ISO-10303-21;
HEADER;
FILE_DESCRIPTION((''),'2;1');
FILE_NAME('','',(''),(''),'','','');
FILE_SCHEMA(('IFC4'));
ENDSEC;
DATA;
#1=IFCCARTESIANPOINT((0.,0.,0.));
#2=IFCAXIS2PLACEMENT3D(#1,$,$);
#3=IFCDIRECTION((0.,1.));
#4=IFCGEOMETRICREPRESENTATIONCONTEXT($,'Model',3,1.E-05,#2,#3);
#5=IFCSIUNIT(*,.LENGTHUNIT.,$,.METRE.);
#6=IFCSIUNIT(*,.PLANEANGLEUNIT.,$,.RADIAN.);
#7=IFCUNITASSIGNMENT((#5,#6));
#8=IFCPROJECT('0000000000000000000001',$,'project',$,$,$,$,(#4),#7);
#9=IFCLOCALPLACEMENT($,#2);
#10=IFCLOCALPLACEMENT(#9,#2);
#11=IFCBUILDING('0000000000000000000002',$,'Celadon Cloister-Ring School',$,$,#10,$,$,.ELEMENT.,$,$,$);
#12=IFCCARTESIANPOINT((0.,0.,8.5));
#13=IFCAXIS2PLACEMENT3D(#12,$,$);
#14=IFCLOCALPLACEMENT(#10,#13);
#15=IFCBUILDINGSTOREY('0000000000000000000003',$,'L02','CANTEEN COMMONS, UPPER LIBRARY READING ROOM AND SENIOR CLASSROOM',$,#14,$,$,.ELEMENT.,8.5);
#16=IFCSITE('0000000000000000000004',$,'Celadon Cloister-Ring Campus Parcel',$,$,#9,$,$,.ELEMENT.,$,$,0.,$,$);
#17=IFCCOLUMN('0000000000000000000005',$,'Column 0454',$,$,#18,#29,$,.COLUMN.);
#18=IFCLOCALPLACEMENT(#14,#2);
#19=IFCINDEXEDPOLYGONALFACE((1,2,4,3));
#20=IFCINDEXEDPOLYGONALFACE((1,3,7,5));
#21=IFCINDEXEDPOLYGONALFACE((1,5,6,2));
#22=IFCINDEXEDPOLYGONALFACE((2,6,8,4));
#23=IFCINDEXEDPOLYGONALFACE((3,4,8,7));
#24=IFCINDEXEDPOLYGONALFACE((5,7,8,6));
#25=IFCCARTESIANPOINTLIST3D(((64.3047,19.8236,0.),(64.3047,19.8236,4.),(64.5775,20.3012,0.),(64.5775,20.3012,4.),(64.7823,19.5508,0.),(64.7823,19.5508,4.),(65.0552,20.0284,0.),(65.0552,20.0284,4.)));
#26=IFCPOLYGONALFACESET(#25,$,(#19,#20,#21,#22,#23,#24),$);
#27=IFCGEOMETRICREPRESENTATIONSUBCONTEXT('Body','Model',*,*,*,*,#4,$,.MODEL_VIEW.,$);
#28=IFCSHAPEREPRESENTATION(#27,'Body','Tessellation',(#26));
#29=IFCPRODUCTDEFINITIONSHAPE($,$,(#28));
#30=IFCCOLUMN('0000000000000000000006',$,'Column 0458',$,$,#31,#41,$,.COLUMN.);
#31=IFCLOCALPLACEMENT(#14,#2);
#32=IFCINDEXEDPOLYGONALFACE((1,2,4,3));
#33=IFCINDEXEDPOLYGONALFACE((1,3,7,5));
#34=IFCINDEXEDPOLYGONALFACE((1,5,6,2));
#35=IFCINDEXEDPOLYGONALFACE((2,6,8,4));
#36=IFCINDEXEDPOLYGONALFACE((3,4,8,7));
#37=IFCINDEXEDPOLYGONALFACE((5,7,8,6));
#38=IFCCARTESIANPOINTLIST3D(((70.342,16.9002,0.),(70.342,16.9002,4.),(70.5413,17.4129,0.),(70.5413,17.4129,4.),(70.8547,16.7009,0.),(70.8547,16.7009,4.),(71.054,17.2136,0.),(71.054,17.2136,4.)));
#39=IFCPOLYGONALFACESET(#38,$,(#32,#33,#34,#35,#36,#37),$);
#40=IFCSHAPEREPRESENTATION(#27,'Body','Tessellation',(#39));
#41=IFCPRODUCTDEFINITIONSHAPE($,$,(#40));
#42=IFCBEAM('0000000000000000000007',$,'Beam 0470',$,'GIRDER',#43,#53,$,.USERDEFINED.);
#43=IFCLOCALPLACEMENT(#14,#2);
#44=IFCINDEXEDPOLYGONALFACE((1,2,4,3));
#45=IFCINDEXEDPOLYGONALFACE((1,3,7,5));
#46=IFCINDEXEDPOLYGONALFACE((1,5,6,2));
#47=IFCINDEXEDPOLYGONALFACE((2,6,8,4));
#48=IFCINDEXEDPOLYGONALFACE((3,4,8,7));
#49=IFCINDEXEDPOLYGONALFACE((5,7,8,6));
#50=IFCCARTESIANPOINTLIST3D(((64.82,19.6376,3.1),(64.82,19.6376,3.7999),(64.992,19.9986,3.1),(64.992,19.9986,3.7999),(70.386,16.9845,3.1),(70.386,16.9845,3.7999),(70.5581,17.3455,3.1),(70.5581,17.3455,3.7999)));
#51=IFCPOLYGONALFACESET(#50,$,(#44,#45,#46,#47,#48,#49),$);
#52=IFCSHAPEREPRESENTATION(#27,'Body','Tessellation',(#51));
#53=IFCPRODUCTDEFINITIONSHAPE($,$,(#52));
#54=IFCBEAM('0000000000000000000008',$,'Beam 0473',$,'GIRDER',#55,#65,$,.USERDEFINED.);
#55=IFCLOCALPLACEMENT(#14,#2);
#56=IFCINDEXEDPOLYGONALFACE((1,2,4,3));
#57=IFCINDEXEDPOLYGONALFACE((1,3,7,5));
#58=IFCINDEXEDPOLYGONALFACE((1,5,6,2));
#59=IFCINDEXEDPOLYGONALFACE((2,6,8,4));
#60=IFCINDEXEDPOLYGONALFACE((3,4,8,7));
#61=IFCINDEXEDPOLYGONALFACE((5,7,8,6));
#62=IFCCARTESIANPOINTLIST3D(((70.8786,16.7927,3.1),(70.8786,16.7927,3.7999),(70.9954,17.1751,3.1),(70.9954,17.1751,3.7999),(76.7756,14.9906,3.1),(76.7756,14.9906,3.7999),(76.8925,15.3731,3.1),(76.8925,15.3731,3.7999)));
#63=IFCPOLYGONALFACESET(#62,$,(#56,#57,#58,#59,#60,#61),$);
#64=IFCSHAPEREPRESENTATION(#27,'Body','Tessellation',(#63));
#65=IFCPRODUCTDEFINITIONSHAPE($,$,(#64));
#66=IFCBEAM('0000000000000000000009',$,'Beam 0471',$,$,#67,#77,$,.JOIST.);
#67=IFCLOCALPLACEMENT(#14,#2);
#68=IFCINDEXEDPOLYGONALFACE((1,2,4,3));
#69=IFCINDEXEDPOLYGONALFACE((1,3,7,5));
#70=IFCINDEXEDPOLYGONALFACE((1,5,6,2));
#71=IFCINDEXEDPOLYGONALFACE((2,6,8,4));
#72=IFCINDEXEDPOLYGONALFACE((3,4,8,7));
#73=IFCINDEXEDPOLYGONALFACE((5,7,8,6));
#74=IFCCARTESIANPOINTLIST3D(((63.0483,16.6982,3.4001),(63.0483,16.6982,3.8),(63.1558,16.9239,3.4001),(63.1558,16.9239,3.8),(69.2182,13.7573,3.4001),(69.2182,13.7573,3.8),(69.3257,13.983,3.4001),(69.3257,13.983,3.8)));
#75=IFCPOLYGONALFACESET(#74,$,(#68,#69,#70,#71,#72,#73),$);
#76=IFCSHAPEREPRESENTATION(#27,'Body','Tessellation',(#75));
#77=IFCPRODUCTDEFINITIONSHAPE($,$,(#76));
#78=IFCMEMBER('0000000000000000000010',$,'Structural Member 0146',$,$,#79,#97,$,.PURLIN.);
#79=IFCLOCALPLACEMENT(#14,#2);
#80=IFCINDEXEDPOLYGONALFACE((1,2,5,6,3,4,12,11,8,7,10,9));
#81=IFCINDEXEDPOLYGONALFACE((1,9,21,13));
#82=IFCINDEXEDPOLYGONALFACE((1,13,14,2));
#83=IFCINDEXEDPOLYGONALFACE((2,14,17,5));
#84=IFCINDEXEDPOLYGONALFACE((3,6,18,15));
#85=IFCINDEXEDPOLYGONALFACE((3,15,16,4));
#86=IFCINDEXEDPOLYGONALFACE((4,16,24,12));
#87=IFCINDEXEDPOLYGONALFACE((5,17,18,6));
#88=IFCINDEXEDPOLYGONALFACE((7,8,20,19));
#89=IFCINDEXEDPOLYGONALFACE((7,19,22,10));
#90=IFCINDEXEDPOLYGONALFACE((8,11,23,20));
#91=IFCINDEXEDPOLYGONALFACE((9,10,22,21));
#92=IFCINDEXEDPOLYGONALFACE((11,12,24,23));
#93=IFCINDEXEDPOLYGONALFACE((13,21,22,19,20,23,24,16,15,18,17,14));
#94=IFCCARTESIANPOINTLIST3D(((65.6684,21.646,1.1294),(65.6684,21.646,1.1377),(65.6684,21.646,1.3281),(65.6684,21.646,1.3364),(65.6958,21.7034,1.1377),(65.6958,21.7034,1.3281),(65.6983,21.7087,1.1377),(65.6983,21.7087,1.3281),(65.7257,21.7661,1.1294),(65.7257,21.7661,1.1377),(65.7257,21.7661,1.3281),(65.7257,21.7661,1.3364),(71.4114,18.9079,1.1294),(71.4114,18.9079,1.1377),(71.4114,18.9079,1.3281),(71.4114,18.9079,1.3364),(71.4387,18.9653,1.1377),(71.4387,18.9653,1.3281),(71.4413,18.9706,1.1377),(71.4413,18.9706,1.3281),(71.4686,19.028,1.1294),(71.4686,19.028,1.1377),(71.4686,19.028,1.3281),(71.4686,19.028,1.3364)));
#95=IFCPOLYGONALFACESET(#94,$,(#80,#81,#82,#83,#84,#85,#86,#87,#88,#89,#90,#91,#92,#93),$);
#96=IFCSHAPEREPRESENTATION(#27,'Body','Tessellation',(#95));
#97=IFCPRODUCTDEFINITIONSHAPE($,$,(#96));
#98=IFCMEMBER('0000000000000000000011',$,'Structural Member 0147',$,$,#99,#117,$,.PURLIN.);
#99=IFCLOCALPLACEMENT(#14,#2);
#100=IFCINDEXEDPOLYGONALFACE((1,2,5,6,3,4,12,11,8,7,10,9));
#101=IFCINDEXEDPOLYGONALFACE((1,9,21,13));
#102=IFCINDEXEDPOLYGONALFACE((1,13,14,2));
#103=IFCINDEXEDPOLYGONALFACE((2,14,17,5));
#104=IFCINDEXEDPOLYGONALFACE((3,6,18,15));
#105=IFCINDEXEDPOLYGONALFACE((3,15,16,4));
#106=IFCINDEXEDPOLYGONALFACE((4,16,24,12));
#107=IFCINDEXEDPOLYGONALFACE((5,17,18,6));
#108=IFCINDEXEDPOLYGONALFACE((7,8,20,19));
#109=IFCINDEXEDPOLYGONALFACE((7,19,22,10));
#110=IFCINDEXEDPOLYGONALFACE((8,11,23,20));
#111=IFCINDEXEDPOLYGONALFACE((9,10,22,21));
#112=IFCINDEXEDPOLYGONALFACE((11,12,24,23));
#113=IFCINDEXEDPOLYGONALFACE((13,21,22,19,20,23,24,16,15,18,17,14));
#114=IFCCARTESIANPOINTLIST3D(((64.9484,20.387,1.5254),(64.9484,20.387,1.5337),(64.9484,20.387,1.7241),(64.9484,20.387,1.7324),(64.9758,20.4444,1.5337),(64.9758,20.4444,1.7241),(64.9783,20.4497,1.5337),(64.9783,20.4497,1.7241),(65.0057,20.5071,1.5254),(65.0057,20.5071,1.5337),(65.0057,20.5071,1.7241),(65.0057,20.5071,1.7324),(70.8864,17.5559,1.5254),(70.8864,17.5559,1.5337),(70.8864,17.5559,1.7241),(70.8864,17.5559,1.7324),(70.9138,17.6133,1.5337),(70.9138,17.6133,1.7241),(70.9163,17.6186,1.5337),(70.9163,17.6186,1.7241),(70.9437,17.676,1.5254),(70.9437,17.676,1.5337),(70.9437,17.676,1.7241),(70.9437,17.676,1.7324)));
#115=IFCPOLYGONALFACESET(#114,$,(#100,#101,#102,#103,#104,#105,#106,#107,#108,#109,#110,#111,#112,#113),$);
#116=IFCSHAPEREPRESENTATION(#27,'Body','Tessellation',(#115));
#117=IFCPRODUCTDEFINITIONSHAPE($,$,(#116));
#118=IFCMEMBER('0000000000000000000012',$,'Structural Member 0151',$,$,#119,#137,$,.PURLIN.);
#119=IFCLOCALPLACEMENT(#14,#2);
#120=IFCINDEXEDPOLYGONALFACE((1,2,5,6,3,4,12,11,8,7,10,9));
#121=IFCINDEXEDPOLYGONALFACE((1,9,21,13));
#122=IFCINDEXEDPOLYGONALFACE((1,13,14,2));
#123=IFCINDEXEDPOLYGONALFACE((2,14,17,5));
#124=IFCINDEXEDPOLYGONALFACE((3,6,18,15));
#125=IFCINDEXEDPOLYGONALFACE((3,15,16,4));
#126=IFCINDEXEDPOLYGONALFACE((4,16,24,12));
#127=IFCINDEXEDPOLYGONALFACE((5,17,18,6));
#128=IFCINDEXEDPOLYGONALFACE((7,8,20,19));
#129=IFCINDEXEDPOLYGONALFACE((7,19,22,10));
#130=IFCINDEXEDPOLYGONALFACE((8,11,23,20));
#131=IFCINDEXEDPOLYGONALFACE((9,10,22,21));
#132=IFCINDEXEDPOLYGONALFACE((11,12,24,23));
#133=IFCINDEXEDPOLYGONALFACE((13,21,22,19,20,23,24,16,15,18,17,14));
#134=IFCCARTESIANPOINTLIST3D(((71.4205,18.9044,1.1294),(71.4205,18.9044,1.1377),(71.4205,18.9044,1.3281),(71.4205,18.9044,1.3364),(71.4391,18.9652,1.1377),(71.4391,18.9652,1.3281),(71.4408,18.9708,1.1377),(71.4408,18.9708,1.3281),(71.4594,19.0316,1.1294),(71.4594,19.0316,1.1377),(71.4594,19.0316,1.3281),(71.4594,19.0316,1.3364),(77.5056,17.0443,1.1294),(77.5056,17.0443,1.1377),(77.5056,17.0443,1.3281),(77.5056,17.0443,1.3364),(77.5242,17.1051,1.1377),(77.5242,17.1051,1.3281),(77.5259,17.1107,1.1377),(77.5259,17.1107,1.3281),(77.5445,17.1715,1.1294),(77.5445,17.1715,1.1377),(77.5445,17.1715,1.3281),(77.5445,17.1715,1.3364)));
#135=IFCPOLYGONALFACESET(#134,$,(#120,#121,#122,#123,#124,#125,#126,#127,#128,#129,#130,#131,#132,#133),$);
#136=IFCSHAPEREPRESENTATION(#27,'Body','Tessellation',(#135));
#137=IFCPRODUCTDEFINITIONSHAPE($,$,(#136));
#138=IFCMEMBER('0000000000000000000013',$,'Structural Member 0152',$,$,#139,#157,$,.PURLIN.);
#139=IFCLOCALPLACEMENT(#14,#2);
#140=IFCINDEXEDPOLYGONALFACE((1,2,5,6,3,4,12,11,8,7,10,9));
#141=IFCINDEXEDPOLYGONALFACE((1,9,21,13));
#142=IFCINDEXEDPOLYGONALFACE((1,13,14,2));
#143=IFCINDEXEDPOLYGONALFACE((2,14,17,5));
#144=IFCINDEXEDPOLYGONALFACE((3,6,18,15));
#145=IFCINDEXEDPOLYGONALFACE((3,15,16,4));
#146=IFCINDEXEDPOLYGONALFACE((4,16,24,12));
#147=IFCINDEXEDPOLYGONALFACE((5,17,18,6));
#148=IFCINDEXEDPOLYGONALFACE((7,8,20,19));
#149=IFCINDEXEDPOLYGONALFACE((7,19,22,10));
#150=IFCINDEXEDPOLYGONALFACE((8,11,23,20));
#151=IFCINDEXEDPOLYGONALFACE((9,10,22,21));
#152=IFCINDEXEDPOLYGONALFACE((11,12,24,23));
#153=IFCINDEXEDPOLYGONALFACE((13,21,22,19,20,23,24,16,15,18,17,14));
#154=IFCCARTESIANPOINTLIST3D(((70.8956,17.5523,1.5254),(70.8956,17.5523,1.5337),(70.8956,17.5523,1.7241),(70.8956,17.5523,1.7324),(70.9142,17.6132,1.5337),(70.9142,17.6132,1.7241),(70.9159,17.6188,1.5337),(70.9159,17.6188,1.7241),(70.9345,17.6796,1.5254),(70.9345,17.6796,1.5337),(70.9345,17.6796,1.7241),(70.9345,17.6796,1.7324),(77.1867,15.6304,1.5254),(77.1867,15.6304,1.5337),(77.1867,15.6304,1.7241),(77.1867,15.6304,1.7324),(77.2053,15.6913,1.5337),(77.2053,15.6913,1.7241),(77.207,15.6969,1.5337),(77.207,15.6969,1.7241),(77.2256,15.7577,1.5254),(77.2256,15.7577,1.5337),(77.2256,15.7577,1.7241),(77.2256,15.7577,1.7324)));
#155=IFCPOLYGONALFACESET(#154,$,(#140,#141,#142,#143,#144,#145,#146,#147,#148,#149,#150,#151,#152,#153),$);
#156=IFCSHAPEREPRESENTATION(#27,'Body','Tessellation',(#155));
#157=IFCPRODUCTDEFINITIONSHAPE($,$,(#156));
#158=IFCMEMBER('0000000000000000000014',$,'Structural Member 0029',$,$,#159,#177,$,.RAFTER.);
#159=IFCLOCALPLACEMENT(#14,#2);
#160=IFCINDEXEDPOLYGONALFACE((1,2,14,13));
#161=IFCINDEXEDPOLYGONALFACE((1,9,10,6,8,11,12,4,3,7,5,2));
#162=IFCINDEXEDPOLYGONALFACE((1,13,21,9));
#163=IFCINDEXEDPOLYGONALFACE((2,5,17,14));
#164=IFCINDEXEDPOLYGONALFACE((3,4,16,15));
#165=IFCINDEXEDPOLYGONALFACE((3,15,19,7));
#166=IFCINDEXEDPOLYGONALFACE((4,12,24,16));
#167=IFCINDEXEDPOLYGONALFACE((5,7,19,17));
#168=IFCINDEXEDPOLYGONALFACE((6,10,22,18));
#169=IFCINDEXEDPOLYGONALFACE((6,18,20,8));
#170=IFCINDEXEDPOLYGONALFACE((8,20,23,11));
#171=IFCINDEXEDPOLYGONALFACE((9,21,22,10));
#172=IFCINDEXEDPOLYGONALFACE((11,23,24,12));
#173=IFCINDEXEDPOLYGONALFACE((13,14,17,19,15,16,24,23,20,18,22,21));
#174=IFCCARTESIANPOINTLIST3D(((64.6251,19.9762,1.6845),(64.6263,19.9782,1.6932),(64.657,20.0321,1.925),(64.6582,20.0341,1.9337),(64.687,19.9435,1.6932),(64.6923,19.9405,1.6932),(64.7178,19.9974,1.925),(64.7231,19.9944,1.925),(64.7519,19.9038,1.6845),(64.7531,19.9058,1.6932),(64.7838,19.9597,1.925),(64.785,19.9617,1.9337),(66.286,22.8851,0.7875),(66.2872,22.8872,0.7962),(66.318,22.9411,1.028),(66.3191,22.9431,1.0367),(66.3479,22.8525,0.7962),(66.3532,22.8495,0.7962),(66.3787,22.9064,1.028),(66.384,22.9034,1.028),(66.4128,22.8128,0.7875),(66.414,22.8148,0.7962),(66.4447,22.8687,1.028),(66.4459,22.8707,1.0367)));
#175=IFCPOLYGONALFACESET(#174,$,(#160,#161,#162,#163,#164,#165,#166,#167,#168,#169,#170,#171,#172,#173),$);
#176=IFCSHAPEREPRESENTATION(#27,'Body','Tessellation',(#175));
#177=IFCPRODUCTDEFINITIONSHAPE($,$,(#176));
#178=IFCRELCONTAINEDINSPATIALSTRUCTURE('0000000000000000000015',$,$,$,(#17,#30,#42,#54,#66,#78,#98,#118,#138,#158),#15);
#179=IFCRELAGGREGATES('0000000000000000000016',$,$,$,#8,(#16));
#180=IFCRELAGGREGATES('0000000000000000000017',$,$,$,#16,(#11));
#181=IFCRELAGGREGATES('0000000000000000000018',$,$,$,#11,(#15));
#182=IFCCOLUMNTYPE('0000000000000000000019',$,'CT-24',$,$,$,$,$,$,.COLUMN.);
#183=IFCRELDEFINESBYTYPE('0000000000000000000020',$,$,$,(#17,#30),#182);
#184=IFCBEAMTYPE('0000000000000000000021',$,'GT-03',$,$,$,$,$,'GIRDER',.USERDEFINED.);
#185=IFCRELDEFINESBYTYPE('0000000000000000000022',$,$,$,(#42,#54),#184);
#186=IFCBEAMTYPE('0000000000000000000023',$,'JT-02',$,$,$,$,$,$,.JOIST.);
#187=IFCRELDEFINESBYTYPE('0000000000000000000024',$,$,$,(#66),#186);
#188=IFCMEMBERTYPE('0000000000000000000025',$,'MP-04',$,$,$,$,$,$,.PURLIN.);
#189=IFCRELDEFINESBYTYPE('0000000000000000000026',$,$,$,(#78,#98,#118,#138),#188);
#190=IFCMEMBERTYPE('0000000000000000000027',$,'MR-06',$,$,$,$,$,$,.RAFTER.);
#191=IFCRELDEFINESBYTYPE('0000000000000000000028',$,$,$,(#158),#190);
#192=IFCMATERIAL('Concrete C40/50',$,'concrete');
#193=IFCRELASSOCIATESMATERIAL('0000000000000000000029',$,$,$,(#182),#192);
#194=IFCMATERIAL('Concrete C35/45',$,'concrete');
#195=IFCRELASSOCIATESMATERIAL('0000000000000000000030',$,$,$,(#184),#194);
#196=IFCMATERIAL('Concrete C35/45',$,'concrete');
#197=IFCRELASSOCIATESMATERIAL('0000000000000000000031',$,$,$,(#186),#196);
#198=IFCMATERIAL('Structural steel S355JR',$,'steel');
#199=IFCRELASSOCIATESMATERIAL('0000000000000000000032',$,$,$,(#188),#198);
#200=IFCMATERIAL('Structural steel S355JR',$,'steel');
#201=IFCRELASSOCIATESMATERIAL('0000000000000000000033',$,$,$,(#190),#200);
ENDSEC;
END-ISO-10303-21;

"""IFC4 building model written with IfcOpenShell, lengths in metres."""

from ifc_helpers import new_model, si_unit, direction, frame, origin, origin_2d, place, context, subcontext, project, spatial, rectangle, i_section, extrude, material, material_profile, profile_set, type_object, element, save


model = new_model("IFC4")

# Units and contexts
model_context = context("Model", 3, precision=1e-05, world=origin(), true_north=direction((0.0, 1.0)))
body_context = subcontext(model_context, "Body", "Model", "MODEL_VIEW")
ifc_project = project(units=[si_unit("LENGTHUNIT", "METRE"), si_unit("PLANEANGLEUNIT", "RADIAN")], contexts=[model_context])

# Site, building, storey
site_placement = place(None, origin())
site = spatial("IfcSite", under=ifc_project, at=site_placement, Name="Celadon Cloister-Ring Campus Parcel", CompositionType="ELEMENT", RefElevation=0.0)
building_placement = place(site_placement, origin())
building = spatial("IfcBuilding", under=site, at=building_placement, Name="Celadon Cloister-Ring School", CompositionType="ELEMENT")
storey_placement = place(building_placement, frame((0.0, 0.0, 8.5)))
storey = spatial("IfcBuildingStorey", under=building, at=storey_placement, Name="L02", Description="CANTEEN COMMONS, UPPER LIBRARY READING ROOM AND SENIOR CLASSROOM", CompositionType="ELEMENT", Elevation=8.5)

# Columns
ifc_material_1 = material(Name="Concrete C40/50", Category="concrete")
ifc_material_profile_1 = material_profile(ifc_material_1, rectangle(XDim=0.55, YDim=0.55, at=origin_2d()), Name="RC550X550")
ifc_profile_set_1 = profile_set([ifc_material_profile_1], Name="Concrete C40/50")
column_type = type_object("IfcColumnType", Name="CT-24", PredefinedType="COLUMN", material=ifc_profile_set_1)
for number, where, z_axis, x_axis, name in (
    (1, (64.6799, 19.926, 0.0), (0.0, 0.0, 1.0), (-0.496004, -0.86832, 0.0), "Column 0454"),
    (2, (70.698, 17.0569, 0.0), (0.0, 0.0, 1.0), (-0.362275, -0.932071, 0.0), "Column 0458"),
):
    element("IfcColumn", number, at=place(storey_placement, frame(where, z_axis=z_axis, x_axis=x_axis)), inside=storey, type_object=column_type, Name=name, PredefinedType="COLUMN", context=body_context, shape_type="SweptSolid", body=[
        extrude(rectangle(XDim=0.55, YDim=0.55, at=origin_2d()), origin(), (0.0, 0.0, 1.0), 4.0),
    ])

# Beams
ifc_material_2 = material(Name="Concrete C35/45", Category="concrete")
ifc_material_profile_2 = material_profile(ifc_material_2, rectangle(XDim=0.3999, YDim=0.7, at=origin_2d()), Name="RC400X700")
ifc_profile_set_2 = profile_set([ifc_material_profile_2], Name="Concrete C35/45")
beam_type_1 = type_object("IfcBeamType", Name="GT-03", ElementType="GIRDER", PredefinedType="USERDEFINED", material=ifc_profile_set_2)
beam_1_placement = place(storey_placement, frame((64.906, 19.8181, 3.45), z_axis=(0.902694, -0.430282, 0.0), x_axis=(0.430282, 0.902694, 0.0)))
element("IfcBeam", 3, at=beam_1_placement, inside=storey, type_object=beam_type_1, Name="Beam 0470", ObjectType="GIRDER", PredefinedType="USERDEFINED", context=body_context, shape_type="SweptSolid", body=[
    extrude(rectangle(XDim=0.3999, YDim=0.7, at=origin_2d()), origin(), (0.0, 0.0, 1.0), 6.166),
])
beam_2_placement = place(storey_placement, frame((70.937, 16.9839, 3.45), z_axis=(0.956345, -0.292241, 0.0), x_axis=(0.292241, 0.956345, 0.0)))
element("IfcBeam", 4, at=beam_2_placement, inside=storey, type_object=beam_type_1, Name="Beam 0473", ObjectType="GIRDER", PredefinedType="USERDEFINED", context=body_context, shape_type="SweptSolid", body=[
    extrude(rectangle(XDim=0.3999, YDim=0.7, at=origin_2d()), origin(), (0.0, 0.0, 1.0), 6.1663),
])
ifc_material_3 = material(Name="Concrete C35/45", Category="concrete")
ifc_material_profile_3 = material_profile(ifc_material_3, rectangle(XDim=0.25, YDim=0.3999, at=origin_2d()), Name="RC250X400")
ifc_profile_set_3 = profile_set([ifc_material_profile_3], Name="Concrete C35/45")
beam_type_2 = type_object("IfcBeamType", Name="JT-02", PredefinedType="JOIST", material=ifc_profile_set_3)
beam_3_placement = place(storey_placement, frame((63.1021, 16.811, 3.6001), z_axis=(0.902698, -0.430275, 0.0), x_axis=(0.430275, 0.902698, 0.0)))
element("IfcBeam", 5, at=beam_3_placement, inside=storey, type_object=beam_type_2, Name="Beam 0471", PredefinedType="JOIST", context=body_context, shape_type="SweptSolid", body=[
    extrude(rectangle(XDim=0.25, YDim=0.3999, at=origin_2d()), origin(), (0.0, 0.0, 1.0), 6.835),
])

# Members
ifc_material_4 = material(Name="Structural steel S355JR", Category="steel")
ifc_material_profile_4 = material_profile(ifc_material_4, i_section(OverallWidth=0.1331, OverallDepth=0.207, WebThickness=0.0059, FlangeThickness=0.0083, at=origin_2d()), Name="W200X27")
ifc_profile_set_4 = profile_set([ifc_material_profile_4], Name="Structural steel S355JR")
member_type_1 = type_object("IfcMemberType", Name="MP-04", PredefinedType="PURLIN", material=ifc_profile_set_4)
member_1_placement = place(storey_placement, frame((65.697, 21.7061, 1.2329), z_axis=(0.902658, -0.430358, 0.0), x_axis=(0.430358, 0.902658, 0.0)))
element("IfcMember", 6, at=member_1_placement, inside=storey, type_object=member_type_1, Name="Structural Member 0146", PredefinedType="PURLIN", context=body_context, shape_type="SweptSolid", body=[
    extrude(i_section(OverallWidth=0.1331, OverallDepth=0.207, WebThickness=0.0059, FlangeThickness=0.0083, at=origin_2d()), origin(), (0.0, 0.0, 1.0), 6.3623),
])
member_2_placement = place(storey_placement, frame((64.9771, 20.447, 1.6289), z_axis=(0.902657, -0.43036, 0.0), x_axis=(0.43036, 0.902657, 0.0)))
element("IfcMember", 7, at=member_2_placement, inside=storey, type_object=member_type_1, Name="Structural Member 0147", PredefinedType="PURLIN", context=body_context, shape_type="SweptSolid", body=[
    extrude(i_section(OverallWidth=0.1331, OverallDepth=0.207, WebThickness=0.0059, FlangeThickness=0.0083, at=origin_2d()), origin(), (0.0, 0.0, 1.0), 6.5784),
])
member_3_placement = place(storey_placement, frame((71.4399, 18.968, 1.2329), z_axis=(0.956316, -0.292336, 0.0), x_axis=(0.292336, 0.956316, 0.0)))
element("IfcMember", 8, at=member_3_placement, inside=storey, type_object=member_type_1, Name="Structural Member 0151", PredefinedType="PURLIN", context=body_context, shape_type="SweptSolid", body=[
    extrude(i_section(OverallWidth=0.1331, OverallDepth=0.207, WebThickness=0.0059, FlangeThickness=0.0083, at=origin_2d()), origin(), (0.0, 0.0, 1.0), 6.363),
])
member_4_placement = place(storey_placement, frame((70.915, 17.616, 1.6289), z_axis=(0.956368, -0.292166, 0.0), x_axis=(0.292166, 0.956368, 0.0)))
element("IfcMember", 9, at=member_4_placement, inside=storey, type_object=member_type_1, Name="Structural Member 0152", PredefinedType="PURLIN", context=body_context, shape_type="SweptSolid", body=[
    extrude(i_section(OverallWidth=0.1331, OverallDepth=0.207, WebThickness=0.0059, FlangeThickness=0.0083, at=origin_2d()), origin(), (0.0, 0.0, 1.0), 6.5781),
])
ifc_material_5 = material(Name="Structural steel S355JR", Category="steel")
ifc_material_profile_5 = material_profile(ifc_material_5, i_section(OverallWidth=0.146, OverallDepth=0.2581, WebThickness=0.0061, FlangeThickness=0.009, at=origin_2d()), Name="W250X33")
ifc_profile_set_5 = profile_set([ifc_material_profile_5], Name="Structural steel S355JR")
member_type_2 = type_object("IfcMemberType", Name="MR-06", PredefinedType="RAFTER", material=ifc_profile_set_5)
member_5_placement = place(storey_placement, frame((66.366, 22.8779, 0.9121), z_axis=(-0.478958, -0.838863, 0.258664), x_axis=(0.868418, -0.495833, 0.0)))
element("IfcMember", 10, at=member_5_placement, inside=storey, type_object=member_type_2, Name="Structural Member 0029", PredefinedType="RAFTER", context=body_context, shape_type="SweptSolid", body=[
    extrude(i_section(OverallWidth=0.146, OverallDepth=0.2581, WebThickness=0.0061, FlangeThickness=0.009, at=origin_2d()), origin(), (0.0, 0.0, 1.0), 3.4678),
])

save(model, "model.ifc")
